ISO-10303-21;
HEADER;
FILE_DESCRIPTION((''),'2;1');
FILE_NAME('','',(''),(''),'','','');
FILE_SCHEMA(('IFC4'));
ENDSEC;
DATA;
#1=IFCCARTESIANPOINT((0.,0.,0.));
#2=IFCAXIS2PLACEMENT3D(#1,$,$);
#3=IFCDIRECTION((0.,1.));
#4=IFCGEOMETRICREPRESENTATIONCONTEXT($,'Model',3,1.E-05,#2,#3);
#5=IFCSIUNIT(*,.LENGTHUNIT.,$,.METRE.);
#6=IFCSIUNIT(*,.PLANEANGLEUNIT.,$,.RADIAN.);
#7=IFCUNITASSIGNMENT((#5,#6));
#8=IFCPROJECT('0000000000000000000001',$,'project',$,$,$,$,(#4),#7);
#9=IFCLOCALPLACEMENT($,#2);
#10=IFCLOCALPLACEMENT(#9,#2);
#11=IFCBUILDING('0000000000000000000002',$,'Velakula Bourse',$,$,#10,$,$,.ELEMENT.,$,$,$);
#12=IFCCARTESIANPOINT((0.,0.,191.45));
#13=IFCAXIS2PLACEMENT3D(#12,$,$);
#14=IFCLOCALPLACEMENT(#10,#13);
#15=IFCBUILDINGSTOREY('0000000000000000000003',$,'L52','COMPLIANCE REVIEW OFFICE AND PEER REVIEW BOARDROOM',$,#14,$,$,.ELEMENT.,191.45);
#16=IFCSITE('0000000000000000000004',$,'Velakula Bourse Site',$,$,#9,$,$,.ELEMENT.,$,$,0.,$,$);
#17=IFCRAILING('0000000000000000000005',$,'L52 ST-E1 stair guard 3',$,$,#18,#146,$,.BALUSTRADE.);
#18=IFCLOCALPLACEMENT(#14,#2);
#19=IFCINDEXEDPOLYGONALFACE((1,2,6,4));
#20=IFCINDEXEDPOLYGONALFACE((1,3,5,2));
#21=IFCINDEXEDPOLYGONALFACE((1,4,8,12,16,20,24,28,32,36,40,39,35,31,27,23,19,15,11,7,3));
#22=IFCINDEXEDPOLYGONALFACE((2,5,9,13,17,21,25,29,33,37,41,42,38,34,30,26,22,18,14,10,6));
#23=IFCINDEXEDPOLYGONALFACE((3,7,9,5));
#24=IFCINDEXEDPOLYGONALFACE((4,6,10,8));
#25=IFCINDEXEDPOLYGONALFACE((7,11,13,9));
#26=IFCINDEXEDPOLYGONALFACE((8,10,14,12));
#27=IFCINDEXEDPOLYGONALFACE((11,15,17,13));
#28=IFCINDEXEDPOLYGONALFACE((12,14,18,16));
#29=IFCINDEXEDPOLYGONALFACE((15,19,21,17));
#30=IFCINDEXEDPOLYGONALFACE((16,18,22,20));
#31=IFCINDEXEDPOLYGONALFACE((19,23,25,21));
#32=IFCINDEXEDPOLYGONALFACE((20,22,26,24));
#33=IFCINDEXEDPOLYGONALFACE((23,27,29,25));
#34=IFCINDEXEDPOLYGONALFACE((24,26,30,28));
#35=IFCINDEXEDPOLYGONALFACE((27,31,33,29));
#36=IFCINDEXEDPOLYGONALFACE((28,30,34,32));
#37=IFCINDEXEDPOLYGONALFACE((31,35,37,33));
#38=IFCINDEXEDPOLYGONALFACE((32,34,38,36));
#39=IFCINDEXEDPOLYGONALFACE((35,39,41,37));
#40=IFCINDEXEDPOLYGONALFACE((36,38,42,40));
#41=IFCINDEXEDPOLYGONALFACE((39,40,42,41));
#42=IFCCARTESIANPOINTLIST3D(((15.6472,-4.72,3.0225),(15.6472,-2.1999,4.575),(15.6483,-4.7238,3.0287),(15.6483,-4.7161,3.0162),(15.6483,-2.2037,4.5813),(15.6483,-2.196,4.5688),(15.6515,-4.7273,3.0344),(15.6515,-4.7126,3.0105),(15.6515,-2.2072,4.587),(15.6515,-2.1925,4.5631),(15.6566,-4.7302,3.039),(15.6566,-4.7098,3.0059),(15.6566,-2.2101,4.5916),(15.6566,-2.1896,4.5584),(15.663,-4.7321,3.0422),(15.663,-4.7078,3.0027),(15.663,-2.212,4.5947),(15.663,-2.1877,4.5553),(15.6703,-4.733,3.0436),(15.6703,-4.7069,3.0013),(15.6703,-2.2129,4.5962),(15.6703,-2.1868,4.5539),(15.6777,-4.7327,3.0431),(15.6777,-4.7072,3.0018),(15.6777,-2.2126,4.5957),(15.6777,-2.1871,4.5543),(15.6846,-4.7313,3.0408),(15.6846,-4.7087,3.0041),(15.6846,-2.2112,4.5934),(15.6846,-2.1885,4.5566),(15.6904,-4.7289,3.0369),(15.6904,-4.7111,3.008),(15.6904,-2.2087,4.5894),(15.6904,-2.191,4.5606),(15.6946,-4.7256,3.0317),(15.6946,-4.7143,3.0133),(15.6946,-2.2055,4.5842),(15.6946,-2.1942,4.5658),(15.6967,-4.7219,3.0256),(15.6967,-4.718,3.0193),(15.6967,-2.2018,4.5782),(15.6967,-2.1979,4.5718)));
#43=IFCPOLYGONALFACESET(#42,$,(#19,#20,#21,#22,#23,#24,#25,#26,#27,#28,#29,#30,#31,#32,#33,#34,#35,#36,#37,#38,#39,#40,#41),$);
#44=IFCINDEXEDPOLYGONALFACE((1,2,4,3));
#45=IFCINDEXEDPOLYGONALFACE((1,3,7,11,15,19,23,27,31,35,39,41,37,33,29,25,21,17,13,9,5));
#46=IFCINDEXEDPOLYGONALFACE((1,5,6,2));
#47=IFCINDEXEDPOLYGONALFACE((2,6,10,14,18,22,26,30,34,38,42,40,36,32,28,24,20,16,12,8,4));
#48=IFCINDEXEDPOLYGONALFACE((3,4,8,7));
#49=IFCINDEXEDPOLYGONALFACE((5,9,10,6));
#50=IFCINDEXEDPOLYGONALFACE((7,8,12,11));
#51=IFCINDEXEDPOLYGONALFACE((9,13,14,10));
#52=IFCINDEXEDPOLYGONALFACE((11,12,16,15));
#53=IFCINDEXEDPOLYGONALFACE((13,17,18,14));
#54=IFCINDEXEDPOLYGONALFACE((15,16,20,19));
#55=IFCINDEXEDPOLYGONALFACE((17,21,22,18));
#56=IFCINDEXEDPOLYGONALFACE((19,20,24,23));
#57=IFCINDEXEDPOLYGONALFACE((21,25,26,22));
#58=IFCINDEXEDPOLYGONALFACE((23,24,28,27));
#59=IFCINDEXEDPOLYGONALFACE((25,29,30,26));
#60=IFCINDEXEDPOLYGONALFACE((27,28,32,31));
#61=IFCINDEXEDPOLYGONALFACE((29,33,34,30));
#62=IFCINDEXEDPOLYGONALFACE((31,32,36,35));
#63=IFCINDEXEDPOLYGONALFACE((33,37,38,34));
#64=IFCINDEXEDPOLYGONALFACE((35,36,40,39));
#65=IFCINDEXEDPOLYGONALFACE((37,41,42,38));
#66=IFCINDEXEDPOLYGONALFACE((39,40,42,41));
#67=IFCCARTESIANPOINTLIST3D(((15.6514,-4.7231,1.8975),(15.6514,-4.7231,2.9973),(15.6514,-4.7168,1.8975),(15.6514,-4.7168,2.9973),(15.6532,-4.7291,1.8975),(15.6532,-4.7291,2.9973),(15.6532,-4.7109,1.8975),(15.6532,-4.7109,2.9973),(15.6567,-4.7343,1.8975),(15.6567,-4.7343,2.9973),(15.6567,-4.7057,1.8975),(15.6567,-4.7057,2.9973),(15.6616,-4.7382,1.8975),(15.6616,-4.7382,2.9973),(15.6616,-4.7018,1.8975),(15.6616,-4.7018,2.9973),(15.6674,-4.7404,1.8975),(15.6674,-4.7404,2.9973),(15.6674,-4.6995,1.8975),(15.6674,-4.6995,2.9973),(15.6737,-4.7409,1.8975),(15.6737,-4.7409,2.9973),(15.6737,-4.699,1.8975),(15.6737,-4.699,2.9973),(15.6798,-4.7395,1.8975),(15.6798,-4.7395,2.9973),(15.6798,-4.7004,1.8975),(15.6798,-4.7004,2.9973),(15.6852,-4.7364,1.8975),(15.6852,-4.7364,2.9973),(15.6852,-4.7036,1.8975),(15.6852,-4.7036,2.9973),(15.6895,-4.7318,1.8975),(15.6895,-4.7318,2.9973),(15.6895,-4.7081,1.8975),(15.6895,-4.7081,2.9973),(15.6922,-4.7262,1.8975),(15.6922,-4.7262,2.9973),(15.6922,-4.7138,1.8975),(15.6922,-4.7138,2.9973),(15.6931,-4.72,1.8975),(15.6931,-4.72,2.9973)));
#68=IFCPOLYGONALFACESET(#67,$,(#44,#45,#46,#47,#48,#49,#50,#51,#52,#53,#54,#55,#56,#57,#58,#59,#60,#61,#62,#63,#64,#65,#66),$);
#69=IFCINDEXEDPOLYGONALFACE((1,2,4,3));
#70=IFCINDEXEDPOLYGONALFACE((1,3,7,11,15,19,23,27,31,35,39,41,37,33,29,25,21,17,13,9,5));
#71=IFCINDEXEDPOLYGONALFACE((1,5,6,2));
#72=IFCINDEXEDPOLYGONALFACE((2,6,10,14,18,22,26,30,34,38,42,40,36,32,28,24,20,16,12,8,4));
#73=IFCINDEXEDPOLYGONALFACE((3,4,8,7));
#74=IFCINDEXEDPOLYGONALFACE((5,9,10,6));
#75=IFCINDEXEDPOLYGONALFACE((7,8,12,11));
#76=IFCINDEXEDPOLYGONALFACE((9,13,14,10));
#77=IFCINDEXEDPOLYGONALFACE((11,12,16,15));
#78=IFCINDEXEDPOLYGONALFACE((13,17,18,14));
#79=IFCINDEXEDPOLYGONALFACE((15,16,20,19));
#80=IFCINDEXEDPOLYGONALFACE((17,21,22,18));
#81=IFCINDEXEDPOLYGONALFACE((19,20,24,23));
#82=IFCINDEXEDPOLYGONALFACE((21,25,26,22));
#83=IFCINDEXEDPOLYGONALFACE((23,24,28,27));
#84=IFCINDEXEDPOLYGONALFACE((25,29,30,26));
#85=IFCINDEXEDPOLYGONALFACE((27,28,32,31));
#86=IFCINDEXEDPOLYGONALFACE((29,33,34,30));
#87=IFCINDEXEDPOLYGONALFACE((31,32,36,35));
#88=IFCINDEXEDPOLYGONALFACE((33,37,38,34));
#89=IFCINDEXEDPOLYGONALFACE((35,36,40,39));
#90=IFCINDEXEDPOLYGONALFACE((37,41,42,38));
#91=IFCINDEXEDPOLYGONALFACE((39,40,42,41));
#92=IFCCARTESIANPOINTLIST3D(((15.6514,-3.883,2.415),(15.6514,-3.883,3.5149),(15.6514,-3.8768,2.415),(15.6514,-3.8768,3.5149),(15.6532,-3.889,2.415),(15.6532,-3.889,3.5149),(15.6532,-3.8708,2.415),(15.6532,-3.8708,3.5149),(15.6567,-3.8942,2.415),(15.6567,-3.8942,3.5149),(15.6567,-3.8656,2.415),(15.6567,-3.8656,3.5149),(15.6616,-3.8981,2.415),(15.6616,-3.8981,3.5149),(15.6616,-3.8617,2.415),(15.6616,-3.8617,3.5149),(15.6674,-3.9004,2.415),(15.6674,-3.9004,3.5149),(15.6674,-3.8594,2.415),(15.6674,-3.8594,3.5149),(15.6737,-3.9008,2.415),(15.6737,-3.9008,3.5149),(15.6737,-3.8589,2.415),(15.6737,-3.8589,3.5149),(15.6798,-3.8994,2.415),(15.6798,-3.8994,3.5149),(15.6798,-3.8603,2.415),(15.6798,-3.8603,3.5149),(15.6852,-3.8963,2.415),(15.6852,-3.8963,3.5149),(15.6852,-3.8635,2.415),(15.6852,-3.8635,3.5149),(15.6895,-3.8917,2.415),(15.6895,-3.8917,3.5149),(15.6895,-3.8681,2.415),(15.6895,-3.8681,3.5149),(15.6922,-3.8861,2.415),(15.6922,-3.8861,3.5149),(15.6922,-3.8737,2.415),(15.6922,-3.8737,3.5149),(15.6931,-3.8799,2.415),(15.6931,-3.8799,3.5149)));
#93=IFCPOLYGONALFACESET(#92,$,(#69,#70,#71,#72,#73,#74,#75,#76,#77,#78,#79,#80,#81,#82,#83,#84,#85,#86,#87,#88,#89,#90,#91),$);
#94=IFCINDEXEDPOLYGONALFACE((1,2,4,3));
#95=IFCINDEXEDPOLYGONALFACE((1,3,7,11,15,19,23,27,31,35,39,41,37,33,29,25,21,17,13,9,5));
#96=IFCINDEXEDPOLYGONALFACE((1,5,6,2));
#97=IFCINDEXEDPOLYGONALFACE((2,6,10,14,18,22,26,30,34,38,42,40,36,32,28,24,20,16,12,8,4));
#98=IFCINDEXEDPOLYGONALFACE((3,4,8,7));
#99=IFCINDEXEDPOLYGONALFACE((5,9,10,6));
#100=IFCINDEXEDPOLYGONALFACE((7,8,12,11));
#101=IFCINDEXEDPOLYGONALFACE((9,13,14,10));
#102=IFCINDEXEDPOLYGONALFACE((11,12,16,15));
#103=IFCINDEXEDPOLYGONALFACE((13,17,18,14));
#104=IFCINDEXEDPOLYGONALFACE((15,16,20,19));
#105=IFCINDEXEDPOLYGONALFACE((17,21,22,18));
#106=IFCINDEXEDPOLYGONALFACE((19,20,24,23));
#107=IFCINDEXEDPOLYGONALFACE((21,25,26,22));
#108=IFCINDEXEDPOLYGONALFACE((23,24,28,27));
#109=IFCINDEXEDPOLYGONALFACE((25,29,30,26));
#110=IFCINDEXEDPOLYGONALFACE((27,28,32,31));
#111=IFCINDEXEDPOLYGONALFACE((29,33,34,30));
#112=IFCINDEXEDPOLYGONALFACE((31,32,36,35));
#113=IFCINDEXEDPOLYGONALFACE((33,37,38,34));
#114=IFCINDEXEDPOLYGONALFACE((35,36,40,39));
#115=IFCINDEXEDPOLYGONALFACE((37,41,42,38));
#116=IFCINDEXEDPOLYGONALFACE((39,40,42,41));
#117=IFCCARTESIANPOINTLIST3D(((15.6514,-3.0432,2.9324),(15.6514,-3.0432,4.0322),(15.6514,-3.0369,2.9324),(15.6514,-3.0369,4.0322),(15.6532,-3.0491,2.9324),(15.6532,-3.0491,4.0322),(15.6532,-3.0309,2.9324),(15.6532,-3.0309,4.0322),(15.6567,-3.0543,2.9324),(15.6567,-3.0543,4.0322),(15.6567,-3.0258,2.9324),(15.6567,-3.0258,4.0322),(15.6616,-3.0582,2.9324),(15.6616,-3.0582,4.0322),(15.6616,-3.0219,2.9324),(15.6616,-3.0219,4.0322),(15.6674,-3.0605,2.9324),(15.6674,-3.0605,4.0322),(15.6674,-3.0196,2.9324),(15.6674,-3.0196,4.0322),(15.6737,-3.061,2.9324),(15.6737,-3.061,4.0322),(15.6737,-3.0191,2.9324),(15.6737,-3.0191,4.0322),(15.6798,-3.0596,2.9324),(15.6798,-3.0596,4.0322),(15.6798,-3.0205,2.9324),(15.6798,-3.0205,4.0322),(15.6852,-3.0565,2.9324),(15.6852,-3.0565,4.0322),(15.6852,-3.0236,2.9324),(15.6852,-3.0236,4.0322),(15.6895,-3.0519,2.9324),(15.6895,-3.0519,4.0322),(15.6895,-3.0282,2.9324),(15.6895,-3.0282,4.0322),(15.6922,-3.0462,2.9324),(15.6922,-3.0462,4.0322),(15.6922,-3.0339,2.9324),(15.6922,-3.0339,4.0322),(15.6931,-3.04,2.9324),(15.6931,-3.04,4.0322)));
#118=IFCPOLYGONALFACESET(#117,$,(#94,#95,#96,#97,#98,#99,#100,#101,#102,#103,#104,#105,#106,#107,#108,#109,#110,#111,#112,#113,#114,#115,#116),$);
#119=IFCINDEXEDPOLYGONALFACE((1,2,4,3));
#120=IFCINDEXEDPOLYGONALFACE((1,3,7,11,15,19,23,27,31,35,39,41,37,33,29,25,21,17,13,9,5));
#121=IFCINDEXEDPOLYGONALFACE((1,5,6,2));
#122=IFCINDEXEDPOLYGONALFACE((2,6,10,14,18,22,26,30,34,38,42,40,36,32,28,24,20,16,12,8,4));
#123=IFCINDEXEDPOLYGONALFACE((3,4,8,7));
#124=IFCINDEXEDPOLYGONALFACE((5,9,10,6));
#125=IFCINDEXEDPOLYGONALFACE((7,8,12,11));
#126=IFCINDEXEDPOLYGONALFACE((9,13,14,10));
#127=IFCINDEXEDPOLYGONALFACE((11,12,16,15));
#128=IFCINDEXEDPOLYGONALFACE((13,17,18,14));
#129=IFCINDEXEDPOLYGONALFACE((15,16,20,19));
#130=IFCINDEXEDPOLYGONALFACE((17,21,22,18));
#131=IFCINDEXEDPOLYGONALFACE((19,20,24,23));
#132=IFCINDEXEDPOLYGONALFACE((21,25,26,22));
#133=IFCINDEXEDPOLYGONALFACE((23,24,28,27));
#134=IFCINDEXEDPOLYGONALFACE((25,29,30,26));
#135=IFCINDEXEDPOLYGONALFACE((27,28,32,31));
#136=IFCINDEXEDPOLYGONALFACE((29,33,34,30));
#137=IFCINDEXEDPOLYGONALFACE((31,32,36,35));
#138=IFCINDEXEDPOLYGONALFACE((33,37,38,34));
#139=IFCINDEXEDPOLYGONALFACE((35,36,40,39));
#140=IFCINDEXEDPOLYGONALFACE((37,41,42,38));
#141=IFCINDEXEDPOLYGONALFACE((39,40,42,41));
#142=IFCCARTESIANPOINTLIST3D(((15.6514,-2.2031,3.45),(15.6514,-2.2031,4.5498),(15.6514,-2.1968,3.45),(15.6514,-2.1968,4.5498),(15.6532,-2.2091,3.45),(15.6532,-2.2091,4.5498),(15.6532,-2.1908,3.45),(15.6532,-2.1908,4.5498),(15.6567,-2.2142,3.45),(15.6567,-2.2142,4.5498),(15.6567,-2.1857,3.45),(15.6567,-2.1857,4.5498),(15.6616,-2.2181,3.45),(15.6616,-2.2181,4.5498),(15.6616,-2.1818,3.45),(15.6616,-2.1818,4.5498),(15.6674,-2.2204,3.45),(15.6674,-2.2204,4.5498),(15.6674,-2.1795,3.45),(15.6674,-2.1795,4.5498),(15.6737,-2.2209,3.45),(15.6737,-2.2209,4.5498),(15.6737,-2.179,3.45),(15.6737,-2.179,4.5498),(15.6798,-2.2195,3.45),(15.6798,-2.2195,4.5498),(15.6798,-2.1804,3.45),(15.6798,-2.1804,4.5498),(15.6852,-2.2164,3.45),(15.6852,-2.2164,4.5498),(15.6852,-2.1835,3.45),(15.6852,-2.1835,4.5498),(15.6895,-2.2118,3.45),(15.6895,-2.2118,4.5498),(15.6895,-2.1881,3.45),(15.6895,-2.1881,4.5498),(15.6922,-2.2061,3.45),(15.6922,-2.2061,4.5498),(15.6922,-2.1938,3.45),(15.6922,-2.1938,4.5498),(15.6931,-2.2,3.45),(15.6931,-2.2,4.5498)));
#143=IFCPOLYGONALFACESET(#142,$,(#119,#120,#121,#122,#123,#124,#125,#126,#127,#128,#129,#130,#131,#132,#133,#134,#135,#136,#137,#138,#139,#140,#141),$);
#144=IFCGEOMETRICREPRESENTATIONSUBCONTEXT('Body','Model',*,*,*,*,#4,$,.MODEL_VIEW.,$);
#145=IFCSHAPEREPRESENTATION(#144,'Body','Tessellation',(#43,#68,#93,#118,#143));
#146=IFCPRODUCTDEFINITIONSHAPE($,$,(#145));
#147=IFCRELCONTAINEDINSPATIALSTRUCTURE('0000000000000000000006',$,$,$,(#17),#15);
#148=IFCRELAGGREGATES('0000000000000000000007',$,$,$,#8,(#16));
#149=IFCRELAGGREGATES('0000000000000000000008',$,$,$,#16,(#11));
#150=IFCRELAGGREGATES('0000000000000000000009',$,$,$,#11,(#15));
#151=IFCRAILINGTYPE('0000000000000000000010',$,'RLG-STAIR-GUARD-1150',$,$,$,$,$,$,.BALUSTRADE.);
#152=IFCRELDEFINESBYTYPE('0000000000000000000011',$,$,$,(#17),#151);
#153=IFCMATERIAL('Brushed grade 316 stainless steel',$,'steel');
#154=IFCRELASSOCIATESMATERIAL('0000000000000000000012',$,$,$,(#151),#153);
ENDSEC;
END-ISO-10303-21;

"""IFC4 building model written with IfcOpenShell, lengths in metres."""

from ifc_helpers import new_model, si_unit, direction, frame, origin, origin_2d, place, context, subcontext, project, spatial, circle, extrude, material, type_object, element, save


model = new_model("IFC4")

# Units and contexts
model_context = context("Model", 3, precision=1e-05, world=origin(), true_north=direction((0.0, 1.0)))
body_context = subcontext(model_context, "Body", "Model", "MODEL_VIEW")
ifc_project = project(units=[si_unit("LENGTHUNIT", "METRE"), si_unit("PLANEANGLEUNIT", "RADIAN")], contexts=[model_context])

# Site, building, storey
site_placement = place(None, origin())
site = spatial("IfcSite", under=ifc_project, at=site_placement, Name="Velakula Bourse Site", CompositionType="ELEMENT", RefElevation=0.0)
building_placement = place(site_placement, origin())
building = spatial("IfcBuilding", under=site, at=building_placement, Name="Velakula Bourse", CompositionType="ELEMENT")
storey_placement = place(building_placement, frame((0.0, 0.0, 191.45)))
storey = spatial("IfcBuildingStorey", under=building, at=storey_placement, Name="L52", Description="COMPLIANCE REVIEW OFFICE AND PEER REVIEW BOARDROOM", CompositionType="ELEMENT", Elevation=191.45)

# Shared definitions
ifc_material_1 = material(Name="Brushed grade 316 stainless steel", Category="steel")

# Railing
railing_type_1 = type_object("IfcRailingType", Name="RLG-STAIR-GUARD-1150", PredefinedType="BALUSTRADE", material=ifc_material_1)
railing_1_placement = place(storey_placement, frame((15.6721, -4.72, 1.8975)))
element("IfcRailing", 1, at=railing_1_placement, inside=storey, type_object=railing_type_1, Name="L52 ST-E1 stair guard 3", PredefinedType="BALUSTRADE", context=body_context, shape_type="SweptSolid", body=[
    extrude(circle(Radius=0.0249, at=origin_2d()), frame((0.0, 0.0, 1.125), z_axis=(0.0, 0.8514, 0.524516), x_axis=(-1.0, 0.0, 0.0)), (0.0, 0.0, 1.0), 2.96),
    extrude(circle(Radius=0.021, at=origin_2d()), origin(), (0.0, 0.0, 1.0), 1.0999),
    extrude(circle(Radius=0.021, at=origin_2d()), frame((0.0, 0.8401, 0.5176)), (0.0, 0.0, 1.0), 1.0999),
    extrude(circle(Radius=0.021, at=origin_2d()), frame((0.0, 1.6799, 1.0349)), (0.0, 0.0, 1.0), 1.0999),
    extrude(circle(Radius=0.021, at=origin_2d()), frame((0.0, 2.52, 1.5525)), (0.0, 0.0, 1.0), 1.0999),
])

save(model, "model.ifc")
